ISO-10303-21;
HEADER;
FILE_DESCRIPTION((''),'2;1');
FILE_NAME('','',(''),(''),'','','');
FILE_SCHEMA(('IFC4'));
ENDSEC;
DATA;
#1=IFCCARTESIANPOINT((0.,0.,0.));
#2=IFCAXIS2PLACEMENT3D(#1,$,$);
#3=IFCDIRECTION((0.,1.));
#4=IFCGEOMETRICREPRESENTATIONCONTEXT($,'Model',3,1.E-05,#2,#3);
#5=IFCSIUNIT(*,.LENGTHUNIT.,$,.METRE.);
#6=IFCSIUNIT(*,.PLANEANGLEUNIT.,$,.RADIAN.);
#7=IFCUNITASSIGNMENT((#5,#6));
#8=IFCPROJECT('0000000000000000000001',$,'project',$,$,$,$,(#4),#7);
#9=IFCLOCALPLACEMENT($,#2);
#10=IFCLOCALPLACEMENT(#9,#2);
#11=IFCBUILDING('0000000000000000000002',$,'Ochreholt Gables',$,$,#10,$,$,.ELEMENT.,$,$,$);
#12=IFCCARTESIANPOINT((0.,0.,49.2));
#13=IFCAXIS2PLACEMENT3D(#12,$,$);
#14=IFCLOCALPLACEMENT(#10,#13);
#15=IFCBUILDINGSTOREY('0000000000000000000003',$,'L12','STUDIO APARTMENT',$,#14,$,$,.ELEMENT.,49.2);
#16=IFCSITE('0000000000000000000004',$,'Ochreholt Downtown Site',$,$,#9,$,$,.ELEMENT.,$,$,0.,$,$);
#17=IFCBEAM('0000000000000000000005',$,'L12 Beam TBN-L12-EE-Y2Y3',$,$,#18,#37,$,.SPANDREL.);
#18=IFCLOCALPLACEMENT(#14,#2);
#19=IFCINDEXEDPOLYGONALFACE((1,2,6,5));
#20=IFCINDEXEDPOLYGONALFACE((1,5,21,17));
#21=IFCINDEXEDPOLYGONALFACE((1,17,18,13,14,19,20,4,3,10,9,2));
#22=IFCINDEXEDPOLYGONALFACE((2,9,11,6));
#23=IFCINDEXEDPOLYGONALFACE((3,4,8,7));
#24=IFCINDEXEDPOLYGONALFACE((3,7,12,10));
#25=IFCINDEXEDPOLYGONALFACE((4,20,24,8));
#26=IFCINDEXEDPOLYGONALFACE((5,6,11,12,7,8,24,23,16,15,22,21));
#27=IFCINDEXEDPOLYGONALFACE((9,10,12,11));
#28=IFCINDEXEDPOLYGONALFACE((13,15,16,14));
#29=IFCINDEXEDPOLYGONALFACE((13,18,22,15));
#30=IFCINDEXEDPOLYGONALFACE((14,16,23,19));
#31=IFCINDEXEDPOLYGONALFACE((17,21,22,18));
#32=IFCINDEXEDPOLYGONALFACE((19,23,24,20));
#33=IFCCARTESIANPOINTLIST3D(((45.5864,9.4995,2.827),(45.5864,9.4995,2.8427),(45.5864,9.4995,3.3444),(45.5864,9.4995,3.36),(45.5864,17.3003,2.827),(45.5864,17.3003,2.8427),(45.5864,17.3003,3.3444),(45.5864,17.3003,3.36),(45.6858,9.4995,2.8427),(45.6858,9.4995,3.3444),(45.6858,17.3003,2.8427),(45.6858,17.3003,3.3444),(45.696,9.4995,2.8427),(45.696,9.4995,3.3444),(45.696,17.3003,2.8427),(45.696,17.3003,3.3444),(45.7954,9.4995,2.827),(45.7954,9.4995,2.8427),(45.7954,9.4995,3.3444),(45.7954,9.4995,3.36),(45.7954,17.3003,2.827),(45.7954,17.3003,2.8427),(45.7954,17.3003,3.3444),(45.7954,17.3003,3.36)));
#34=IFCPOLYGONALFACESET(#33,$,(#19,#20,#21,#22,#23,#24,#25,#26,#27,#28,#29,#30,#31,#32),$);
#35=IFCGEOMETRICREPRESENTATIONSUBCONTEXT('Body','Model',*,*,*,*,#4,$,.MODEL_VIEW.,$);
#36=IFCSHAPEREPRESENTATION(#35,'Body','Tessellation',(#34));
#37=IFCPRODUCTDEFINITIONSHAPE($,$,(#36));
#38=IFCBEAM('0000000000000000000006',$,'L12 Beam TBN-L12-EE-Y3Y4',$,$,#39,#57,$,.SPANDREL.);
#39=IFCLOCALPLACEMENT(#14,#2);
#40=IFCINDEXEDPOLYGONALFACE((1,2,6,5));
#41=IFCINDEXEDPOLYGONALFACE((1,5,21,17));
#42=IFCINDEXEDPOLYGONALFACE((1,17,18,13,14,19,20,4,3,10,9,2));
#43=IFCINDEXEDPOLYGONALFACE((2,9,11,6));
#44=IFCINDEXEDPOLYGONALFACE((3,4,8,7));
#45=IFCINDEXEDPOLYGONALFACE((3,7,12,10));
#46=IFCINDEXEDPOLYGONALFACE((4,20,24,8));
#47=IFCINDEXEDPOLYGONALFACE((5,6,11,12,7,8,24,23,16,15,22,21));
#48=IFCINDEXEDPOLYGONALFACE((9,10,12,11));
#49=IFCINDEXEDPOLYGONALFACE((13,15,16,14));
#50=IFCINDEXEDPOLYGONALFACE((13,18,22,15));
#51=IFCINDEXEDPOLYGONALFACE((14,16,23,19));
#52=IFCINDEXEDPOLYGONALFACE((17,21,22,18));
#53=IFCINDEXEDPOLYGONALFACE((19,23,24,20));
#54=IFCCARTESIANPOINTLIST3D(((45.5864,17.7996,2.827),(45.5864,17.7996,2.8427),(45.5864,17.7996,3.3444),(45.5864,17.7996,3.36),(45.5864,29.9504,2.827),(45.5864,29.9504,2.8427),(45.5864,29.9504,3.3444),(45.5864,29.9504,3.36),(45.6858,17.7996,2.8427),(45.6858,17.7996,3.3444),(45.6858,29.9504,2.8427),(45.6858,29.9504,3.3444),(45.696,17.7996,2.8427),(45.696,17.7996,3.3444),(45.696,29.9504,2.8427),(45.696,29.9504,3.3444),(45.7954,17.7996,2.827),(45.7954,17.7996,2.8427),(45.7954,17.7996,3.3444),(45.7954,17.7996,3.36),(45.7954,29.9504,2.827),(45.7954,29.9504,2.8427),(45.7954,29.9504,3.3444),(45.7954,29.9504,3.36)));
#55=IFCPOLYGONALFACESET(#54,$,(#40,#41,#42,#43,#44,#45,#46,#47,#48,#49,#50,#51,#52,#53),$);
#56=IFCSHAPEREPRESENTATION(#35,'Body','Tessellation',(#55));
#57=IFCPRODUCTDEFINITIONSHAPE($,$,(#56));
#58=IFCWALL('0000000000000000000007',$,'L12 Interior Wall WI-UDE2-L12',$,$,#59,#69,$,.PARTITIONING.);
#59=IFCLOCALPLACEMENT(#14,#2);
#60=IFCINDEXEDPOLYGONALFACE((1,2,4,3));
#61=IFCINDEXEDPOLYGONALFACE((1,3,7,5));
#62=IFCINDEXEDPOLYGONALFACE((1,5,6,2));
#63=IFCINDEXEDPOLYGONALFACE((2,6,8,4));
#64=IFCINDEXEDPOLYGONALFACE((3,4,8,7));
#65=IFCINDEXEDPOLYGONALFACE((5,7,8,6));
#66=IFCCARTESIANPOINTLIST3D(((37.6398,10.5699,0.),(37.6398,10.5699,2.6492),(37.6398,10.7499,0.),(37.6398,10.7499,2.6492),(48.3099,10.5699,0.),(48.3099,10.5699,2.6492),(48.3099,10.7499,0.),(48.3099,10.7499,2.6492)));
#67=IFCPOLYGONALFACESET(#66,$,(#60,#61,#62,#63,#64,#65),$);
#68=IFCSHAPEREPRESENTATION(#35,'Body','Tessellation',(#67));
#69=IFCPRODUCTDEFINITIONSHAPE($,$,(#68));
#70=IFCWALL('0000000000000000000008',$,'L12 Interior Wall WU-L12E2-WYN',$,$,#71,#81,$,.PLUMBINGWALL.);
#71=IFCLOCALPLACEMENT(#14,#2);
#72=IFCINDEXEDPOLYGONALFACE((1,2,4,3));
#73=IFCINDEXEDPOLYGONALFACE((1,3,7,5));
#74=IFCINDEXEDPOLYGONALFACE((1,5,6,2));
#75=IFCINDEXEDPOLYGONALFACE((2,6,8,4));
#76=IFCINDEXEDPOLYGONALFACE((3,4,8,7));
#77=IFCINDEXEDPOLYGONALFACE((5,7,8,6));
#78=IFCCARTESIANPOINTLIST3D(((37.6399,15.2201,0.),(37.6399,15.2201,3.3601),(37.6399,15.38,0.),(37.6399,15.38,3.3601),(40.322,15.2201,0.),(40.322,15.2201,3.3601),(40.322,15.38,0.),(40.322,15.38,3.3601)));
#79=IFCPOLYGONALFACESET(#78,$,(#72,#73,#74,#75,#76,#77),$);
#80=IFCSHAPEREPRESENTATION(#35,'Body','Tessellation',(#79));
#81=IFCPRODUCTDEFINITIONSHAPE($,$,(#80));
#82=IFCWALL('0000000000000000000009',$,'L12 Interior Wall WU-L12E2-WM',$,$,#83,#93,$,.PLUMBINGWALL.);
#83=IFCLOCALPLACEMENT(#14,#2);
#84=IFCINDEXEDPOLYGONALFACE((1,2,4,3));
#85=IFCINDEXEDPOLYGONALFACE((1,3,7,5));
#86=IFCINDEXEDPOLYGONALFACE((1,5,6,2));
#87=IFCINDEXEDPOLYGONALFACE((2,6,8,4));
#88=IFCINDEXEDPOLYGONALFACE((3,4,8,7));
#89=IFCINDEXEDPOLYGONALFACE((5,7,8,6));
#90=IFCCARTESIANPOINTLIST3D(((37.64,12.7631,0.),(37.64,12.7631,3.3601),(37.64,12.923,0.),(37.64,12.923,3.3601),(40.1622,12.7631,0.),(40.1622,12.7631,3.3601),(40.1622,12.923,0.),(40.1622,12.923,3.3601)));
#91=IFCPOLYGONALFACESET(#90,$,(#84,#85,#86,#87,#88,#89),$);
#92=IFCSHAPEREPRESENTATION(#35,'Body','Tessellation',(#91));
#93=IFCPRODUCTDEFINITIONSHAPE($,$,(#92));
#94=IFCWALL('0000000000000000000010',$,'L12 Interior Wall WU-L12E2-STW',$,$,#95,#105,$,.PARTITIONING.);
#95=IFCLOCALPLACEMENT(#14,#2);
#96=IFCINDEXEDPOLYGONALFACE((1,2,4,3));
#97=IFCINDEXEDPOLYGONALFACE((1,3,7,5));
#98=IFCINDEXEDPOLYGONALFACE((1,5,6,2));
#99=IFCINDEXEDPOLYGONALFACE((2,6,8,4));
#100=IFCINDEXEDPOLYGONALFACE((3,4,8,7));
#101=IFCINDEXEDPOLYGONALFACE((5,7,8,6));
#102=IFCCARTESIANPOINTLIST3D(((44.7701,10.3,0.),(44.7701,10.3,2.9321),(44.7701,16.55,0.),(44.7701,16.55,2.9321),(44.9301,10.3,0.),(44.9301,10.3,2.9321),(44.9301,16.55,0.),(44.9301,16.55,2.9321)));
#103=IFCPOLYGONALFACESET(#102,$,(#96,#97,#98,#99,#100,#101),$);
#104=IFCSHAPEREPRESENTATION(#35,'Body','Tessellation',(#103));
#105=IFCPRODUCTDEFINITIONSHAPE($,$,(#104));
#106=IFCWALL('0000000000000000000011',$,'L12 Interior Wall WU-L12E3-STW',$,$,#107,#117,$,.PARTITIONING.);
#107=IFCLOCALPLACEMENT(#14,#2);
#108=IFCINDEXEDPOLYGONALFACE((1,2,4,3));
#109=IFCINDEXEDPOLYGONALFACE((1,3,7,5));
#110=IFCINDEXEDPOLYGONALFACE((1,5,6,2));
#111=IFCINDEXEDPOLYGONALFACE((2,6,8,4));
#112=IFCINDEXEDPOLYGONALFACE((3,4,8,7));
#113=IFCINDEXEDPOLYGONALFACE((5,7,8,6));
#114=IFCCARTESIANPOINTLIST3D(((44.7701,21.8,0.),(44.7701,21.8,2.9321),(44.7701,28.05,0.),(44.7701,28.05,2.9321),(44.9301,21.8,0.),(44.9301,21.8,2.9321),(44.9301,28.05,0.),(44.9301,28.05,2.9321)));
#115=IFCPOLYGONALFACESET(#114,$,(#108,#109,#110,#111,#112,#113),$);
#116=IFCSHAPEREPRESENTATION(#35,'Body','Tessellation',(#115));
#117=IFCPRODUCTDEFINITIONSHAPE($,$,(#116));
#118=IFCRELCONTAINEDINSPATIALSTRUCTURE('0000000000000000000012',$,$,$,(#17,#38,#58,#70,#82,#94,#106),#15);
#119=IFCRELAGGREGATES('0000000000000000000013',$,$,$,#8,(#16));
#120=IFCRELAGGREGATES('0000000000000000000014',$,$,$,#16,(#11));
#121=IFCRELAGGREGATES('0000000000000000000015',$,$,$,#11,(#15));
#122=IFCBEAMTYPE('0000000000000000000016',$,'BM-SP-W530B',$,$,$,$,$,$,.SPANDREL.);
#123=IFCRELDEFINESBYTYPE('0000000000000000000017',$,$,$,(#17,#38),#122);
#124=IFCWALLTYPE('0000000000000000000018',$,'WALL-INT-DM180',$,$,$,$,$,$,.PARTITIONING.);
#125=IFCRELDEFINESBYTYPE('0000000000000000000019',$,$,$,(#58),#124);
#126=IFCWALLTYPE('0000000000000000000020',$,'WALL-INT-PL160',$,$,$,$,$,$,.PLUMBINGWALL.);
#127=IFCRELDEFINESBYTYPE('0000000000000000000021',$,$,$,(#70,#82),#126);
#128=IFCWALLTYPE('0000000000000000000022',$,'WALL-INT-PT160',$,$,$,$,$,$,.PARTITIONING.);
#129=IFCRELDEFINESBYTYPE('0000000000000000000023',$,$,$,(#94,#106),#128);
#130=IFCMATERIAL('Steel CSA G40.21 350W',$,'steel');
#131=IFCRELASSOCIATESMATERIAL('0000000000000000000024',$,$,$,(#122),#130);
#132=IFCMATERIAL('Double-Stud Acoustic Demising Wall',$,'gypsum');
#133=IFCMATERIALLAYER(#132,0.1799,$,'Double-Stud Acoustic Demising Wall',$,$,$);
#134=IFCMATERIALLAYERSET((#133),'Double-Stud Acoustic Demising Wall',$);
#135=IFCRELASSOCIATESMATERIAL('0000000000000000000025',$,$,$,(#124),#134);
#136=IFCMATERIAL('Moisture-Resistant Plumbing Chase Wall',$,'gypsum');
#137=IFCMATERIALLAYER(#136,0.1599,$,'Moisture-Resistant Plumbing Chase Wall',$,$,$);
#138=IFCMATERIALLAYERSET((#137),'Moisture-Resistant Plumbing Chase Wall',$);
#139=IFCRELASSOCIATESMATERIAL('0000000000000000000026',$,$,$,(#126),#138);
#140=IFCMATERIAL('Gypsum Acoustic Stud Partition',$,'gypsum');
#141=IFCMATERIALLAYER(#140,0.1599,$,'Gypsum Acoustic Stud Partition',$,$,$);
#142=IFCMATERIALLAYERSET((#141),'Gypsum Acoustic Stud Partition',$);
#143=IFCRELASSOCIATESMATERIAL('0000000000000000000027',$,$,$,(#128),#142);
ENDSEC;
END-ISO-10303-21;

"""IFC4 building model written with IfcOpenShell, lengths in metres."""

from ifc_helpers import new_model, si_unit, direction, frame, frame_2d, origin, origin_2d, place, context, subcontext, project, spatial, rectangle, i_section, extrude, material, layer, layer_set, material_profile, profile_set, type_object, element, save


model = new_model("IFC4")

# Units and contexts
model_context = context("Model", 3, precision=1e-05, world=origin(), true_north=direction((0.0, 1.0)))
body_context = subcontext(model_context, "Body", "Model", "MODEL_VIEW")
ifc_project = project(units=[si_unit("LENGTHUNIT", "METRE"), si_unit("PLANEANGLEUNIT", "RADIAN")], contexts=[model_context])

# Site, building, storey
site_placement = place(None, origin())
site = spatial("IfcSite", under=ifc_project, at=site_placement, Name="Ochreholt Downtown Site", CompositionType="ELEMENT", RefElevation=0.0)
building_placement = place(site_placement, origin())
building = spatial("IfcBuilding", under=site, at=building_placement, Name="Ochreholt Gables", CompositionType="ELEMENT")
storey_placement = place(building_placement, frame((0.0, 0.0, 49.2)))
storey = spatial("IfcBuildingStorey", under=building, at=storey_placement, Name="L12", Description="STUDIO APARTMENT", CompositionType="ELEMENT", Elevation=49.2)

# Shared definitions
ifc_material_1 = material(Name="Steel CSA G40.21 350W", Category="steel")

# Beams
ifc_material_profile_1 = material_profile(ifc_material_1, i_section(OverallWidth=0.209, OverallDepth=0.533, WebThickness=0.0103, FlangeThickness=0.0156, at=origin_2d()), Name="W530X92")
ifc_profile_set_1 = profile_set([ifc_material_profile_1], Name="Steel CSA G40.21 350W")
beam_type_1 = type_object("IfcBeamType", Name="BM-SP-W530B", PredefinedType="SPANDREL", material=ifc_profile_set_1)
beam_1_placement = place(storey_placement, frame((45.6909, 9.4995, 3.0935), z_axis=(0.0, 1.0, 0.0), x_axis=(-1.0, 0.0, 0.0)))
element("IfcBeam", 1, at=beam_1_placement, inside=storey, type_object=beam_type_1, Name="L12 Beam TBN-L12-EE-Y2Y3", PredefinedType="SPANDREL", context=body_context, shape_type="SweptSolid", body=[
    extrude(i_section(OverallWidth=0.209, OverallDepth=0.533, WebThickness=0.0103, FlangeThickness=0.0156, at=origin_2d()), origin(), (0.0, 0.0, 1.0), 7.8008),
])
beam_2_placement = place(storey_placement, frame((45.6909, 17.7996, 3.0935), z_axis=(0.0, 1.0, 0.0), x_axis=(-1.0, 0.0, 0.0)))
element("IfcBeam", 2, at=beam_2_placement, inside=storey, type_object=beam_type_1, Name="L12 Beam TBN-L12-EE-Y3Y4", PredefinedType="SPANDREL", context=body_context, shape_type="SweptSolid", body=[
    extrude(i_section(OverallWidth=0.209, OverallDepth=0.533, WebThickness=0.0103, FlangeThickness=0.0156, at=origin_2d()), origin(), (0.0, 0.0, 1.0), 12.1509),
])

# Walls
ifc_material_2 = material(Name="Double-Stud Acoustic Demising Wall", Category="gypsum")
ifc_layer_1 = layer(ifc_material_2, 0.1799, Name="Double-Stud Acoustic Demising Wall")
ifc_layer_set_1 = layer_set([ifc_layer_1], Name="Double-Stud Acoustic Demising Wall")
wall_type_1 = type_object("IfcWallType", Name="WALL-INT-DM180", PredefinedType="PARTITIONING", material=ifc_layer_set_1)
wall_1_placement = place(storey_placement, frame((37.6399, 10.6599, 0.0), z_axis=(0.0, 0.0, 1.0), x_axis=(1.0, 0.0, 0.0)))
element("IfcWall", 3, at=wall_1_placement, inside=storey, type_object=wall_type_1, Name="L12 Interior Wall WI-UDE2-L12", PredefinedType="PARTITIONING", context=body_context, shape_type="SweptSolid", body=[
    extrude(rectangle(XDim=10.6702, YDim=0.1799, at=frame_2d((5.335, 0.0))), origin(), (0.0, 0.0, 1.0), 2.6492),
])
ifc_material_3 = material(Name="Moisture-Resistant Plumbing Chase Wall", Category="gypsum")
ifc_layer_2 = layer(ifc_material_3, 0.1599, Name="Moisture-Resistant Plumbing Chase Wall")
ifc_layer_set_2 = layer_set([ifc_layer_2], Name="Moisture-Resistant Plumbing Chase Wall")
wall_type_2 = type_object("IfcWallType", Name="WALL-INT-PL160", PredefinedType="PLUMBINGWALL", material=ifc_layer_set_2)
wall_2_placement = place(storey_placement, frame((37.6399, 15.3, 0.0), z_axis=(0.0, 0.0, 1.0), x_axis=(1.0, 0.0, 0.0)))
element("IfcWall", 4, at=wall_2_placement, inside=storey, type_object=wall_type_2, Name="L12 Interior Wall WU-L12E2-WYN", PredefinedType="PLUMBINGWALL", context=body_context, shape_type="SweptSolid", body=[
    extrude(rectangle(XDim=2.6821, YDim=0.1599, at=frame_2d((1.3411, 0.0))), origin(), (0.0, 0.0, 1.0), 3.3601),
])

# Walls
wall_3_placement = place(storey_placement, frame((37.6399, 12.843, 0.0), z_axis=(0.0, 0.0, 1.0), x_axis=(1.0, 0.0, 0.0)))
element("IfcWall", 5, at=wall_3_placement, inside=storey, type_object=wall_type_2, Name="L12 Interior Wall WU-L12E2-WM", PredefinedType="PLUMBINGWALL", context=body_context, shape_type="SweptSolid", body=[
    extrude(rectangle(XDim=2.5222, YDim=0.1599, at=frame_2d((1.2612, 0.0))), origin(), (0.0, 0.0, 1.0), 3.3601),
])
ifc_material_4 = material(Name="Gypsum Acoustic Stud Partition", Category="gypsum")
ifc_layer_3 = layer(ifc_material_4, 0.1599, Name="Gypsum Acoustic Stud Partition")
ifc_layer_set_3 = layer_set([ifc_layer_3], Name="Gypsum Acoustic Stud Partition")
wall_type_3 = type_object("IfcWallType", Name="WALL-INT-PT160", PredefinedType="PARTITIONING", material=ifc_layer_set_3)
wall_4_placement = place(storey_placement, frame((44.8501, 10.3, 0.0), z_axis=(0.0, 0.0, 1.0), x_axis=(0.0, 1.0, 0.0)))
element("IfcWall", 6, at=wall_4_placement, inside=storey, type_object=wall_type_3, Name="L12 Interior Wall WU-L12E2-STW", PredefinedType="PARTITIONING", context=body_context, shape_type="SweptSolid", body=[
    extrude(rectangle(XDim=6.25, YDim=0.1599, at=frame_2d((3.125, 0.0))), origin(), (0.0, 0.0, 1.0), 2.9321),
])

# Wall
wall_5_placement = place(storey_placement, frame((44.8501, 21.8, 0.0), z_axis=(0.0, 0.0, 1.0), x_axis=(0.0, 1.0, 0.0)))
element("IfcWall", 7, at=wall_5_placement, inside=storey, type_object=wall_type_3, Name="L12 Interior Wall WU-L12E3-STW", PredefinedType="PARTITIONING", context=body_context, shape_type="SweptSolid", body=[
    extrude(rectangle(XDim=6.25, YDim=0.1599, at=frame_2d((3.125, 0.0))), origin(), (0.0, 0.0, 1.0), 2.9321),
])

save(model, "model.ifc")
